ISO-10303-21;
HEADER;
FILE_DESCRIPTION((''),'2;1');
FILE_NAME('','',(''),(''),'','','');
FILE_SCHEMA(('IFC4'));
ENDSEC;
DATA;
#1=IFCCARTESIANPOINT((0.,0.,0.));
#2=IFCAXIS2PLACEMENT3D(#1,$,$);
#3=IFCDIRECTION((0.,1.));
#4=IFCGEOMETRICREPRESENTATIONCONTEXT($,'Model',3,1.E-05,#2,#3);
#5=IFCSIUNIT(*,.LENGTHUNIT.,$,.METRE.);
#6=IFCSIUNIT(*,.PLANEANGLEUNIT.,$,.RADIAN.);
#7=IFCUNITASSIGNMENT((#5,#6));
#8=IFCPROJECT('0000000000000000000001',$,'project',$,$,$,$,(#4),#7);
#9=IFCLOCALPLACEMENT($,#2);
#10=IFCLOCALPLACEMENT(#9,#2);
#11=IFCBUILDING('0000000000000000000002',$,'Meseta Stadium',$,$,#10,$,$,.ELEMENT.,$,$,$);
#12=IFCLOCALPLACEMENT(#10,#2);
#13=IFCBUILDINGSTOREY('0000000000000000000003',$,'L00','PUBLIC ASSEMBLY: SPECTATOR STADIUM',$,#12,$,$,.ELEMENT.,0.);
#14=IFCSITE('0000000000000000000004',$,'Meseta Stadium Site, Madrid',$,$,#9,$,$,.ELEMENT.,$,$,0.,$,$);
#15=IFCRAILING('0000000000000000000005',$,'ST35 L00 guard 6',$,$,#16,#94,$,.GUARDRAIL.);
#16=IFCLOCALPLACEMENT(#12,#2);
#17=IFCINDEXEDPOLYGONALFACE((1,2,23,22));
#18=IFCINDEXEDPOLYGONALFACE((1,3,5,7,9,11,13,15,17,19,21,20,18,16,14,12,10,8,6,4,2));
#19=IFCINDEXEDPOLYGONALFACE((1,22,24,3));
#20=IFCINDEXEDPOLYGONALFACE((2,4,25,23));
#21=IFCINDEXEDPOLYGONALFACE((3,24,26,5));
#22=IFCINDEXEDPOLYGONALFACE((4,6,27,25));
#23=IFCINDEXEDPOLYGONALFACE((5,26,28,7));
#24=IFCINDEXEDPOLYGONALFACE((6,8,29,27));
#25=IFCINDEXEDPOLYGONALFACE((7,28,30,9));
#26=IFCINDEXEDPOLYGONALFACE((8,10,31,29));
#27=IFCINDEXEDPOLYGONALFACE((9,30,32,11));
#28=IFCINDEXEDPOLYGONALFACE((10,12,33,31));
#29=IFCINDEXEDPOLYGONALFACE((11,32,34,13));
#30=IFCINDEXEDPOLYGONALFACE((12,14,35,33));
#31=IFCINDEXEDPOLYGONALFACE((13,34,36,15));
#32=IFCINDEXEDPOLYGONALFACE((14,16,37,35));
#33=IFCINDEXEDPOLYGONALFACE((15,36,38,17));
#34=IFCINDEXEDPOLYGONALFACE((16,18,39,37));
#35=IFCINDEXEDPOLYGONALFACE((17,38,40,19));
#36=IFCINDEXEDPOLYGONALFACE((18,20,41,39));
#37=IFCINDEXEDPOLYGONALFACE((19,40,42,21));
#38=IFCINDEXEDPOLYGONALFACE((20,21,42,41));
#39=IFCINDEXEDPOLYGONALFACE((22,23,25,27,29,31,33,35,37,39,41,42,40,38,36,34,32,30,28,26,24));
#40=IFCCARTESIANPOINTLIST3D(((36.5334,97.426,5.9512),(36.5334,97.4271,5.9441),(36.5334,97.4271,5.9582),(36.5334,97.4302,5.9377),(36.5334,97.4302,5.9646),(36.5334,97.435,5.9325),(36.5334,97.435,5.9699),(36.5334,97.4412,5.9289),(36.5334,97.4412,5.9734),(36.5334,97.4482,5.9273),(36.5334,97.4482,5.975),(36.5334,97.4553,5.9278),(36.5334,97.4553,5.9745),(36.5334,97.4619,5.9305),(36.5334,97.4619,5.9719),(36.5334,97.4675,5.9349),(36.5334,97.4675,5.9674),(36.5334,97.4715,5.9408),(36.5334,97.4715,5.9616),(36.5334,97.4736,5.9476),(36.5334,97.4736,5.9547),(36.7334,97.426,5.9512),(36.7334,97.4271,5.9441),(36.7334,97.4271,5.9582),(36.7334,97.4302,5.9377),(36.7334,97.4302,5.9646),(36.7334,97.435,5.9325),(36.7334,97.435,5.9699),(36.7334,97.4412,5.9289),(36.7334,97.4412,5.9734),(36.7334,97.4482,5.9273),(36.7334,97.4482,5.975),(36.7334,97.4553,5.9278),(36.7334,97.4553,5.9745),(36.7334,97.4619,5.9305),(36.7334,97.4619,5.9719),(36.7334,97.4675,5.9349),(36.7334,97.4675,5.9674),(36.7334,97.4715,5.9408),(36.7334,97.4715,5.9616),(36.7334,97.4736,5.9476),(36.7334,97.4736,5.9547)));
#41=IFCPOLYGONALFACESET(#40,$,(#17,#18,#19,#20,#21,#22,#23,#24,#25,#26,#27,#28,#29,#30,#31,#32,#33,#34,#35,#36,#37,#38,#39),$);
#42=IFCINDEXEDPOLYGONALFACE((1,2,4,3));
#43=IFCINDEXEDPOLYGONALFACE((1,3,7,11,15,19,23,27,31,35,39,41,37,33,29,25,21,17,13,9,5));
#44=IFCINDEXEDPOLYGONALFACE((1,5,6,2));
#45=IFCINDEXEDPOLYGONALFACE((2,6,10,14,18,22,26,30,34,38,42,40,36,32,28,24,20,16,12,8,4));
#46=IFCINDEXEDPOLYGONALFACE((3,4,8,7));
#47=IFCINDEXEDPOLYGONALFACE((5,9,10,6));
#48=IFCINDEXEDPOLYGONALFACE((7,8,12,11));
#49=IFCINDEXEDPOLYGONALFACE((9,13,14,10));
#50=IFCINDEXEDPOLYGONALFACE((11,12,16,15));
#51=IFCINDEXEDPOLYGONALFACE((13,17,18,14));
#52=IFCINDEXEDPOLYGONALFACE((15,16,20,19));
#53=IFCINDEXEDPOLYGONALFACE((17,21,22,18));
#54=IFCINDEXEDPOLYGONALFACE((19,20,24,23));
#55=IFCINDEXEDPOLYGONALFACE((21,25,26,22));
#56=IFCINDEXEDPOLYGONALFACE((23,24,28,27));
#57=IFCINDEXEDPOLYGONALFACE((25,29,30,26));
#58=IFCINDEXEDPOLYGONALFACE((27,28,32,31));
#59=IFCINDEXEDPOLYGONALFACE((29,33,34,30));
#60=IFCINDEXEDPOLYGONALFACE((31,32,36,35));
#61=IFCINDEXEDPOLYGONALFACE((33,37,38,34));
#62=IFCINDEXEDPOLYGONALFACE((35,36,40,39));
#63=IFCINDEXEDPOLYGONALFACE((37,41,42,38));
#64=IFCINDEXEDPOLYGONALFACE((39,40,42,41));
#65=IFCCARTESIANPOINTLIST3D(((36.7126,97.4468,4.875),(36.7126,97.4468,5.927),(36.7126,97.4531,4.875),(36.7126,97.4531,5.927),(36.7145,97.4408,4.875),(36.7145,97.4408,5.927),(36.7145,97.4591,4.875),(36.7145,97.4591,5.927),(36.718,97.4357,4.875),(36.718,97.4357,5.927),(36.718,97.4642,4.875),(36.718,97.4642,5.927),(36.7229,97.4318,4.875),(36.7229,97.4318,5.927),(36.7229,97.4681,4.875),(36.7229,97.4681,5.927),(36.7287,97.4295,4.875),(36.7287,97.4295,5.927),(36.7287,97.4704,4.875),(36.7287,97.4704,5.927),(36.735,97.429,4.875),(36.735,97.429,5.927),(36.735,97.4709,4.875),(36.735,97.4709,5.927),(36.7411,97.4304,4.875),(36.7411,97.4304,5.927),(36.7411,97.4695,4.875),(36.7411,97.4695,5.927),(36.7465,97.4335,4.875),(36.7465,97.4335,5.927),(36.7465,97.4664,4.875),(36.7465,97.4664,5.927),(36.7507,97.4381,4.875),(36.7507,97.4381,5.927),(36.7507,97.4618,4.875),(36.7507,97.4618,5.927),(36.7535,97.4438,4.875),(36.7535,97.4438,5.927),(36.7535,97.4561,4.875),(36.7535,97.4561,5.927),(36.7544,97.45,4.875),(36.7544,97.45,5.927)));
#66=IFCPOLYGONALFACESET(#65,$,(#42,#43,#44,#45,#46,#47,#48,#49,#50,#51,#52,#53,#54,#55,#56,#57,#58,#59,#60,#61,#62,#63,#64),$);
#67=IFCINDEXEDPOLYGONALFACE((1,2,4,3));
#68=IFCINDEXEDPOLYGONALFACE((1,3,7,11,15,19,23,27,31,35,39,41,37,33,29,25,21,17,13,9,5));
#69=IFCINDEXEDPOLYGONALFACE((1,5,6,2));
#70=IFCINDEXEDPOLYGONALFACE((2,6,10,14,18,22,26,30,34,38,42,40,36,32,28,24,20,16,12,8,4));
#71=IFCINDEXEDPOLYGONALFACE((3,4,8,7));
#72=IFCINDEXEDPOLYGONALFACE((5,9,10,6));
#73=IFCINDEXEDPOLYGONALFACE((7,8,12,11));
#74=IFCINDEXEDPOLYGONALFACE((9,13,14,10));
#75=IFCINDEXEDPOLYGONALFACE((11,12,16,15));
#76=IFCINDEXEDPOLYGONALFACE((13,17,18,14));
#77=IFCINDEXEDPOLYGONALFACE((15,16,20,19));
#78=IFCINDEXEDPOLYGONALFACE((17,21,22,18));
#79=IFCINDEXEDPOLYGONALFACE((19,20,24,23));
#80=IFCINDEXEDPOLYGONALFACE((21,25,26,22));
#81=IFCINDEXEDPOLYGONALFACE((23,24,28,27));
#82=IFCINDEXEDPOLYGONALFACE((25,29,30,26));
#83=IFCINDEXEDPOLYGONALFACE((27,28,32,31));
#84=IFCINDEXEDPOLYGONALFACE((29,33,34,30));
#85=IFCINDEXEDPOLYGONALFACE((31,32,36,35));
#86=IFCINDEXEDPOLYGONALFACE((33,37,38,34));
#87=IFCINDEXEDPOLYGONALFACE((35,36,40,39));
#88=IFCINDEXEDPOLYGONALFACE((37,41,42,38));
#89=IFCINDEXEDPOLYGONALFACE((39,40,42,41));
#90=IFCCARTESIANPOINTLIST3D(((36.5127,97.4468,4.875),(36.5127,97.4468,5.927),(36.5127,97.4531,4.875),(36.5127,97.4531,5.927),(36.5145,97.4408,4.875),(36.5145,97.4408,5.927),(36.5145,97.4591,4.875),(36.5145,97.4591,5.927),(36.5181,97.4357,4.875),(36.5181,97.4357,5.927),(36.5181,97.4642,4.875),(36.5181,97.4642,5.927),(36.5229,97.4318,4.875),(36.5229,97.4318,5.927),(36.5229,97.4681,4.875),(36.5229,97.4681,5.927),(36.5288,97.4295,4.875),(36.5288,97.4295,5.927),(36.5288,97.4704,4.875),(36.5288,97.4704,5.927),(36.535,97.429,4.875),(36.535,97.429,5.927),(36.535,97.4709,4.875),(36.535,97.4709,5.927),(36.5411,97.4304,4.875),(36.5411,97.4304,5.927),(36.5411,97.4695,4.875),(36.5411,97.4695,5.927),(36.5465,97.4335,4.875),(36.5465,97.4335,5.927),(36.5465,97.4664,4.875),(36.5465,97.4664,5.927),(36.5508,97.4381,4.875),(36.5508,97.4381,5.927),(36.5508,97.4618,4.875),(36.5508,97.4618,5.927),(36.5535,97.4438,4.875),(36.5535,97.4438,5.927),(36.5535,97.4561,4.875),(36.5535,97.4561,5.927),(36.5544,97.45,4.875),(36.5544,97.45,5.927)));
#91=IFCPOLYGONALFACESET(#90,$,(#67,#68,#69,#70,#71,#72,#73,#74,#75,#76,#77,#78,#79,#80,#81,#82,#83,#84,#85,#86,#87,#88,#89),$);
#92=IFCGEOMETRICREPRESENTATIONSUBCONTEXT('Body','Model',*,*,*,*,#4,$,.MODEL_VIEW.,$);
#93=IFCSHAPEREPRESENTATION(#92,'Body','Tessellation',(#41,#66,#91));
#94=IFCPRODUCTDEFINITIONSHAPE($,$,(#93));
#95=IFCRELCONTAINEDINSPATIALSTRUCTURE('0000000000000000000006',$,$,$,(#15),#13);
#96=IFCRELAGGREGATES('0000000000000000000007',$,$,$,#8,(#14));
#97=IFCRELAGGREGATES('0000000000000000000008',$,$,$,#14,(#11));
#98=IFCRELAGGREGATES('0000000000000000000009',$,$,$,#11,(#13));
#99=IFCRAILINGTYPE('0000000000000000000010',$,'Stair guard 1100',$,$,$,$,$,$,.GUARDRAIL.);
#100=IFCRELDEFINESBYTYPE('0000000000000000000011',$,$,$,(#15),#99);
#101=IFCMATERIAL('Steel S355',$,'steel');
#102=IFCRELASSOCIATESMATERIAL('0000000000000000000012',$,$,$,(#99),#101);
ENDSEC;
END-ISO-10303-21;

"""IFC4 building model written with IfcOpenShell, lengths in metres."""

from ifc_helpers import new_model, si_unit, direction, frame, origin, origin_2d, place, context, subcontext, project, spatial, circle, extrude, material, type_object, element, save


model = new_model("IFC4")

# Units and contexts
model_context = context("Model", 3, precision=1e-05, world=origin(), true_north=direction((0.0, 1.0)))
body_context = subcontext(model_context, "Body", "Model", "MODEL_VIEW")
ifc_project = project(units=[si_unit("LENGTHUNIT", "METRE"), si_unit("PLANEANGLEUNIT", "RADIAN")], contexts=[model_context])

# Site, building, storey
site_placement = place(None, origin())
site = spatial("IfcSite", under=ifc_project, at=site_placement, Name="Meseta Stadium Site, Madrid", CompositionType="ELEMENT", RefElevation=0.0)
building_placement = place(site_placement, origin())
building = spatial("IfcBuilding", under=site, at=building_placement, Name="Meseta Stadium", CompositionType="ELEMENT")
storey_placement = place(building_placement, origin())
storey = spatial("IfcBuildingStorey", under=building, at=storey_placement, Name="L00", Description="PUBLIC ASSEMBLY: SPECTATOR STADIUM", CompositionType="ELEMENT", Elevation=0.0)

# Railing
ifc_material_1 = material(Name="Steel S355", Category="steel")
railing_type_1 = type_object("IfcRailingType", Name="Stair guard 1100", PredefinedType="GUARDRAIL", material=ifc_material_1)
railing_1_placement = place(storey_placement, frame((36.7334, 97.45, 4.875)))
element("IfcRailing", 1, at=railing_1_placement, inside=storey, type_object=railing_type_1, Name="ST35 L00 guard 6", PredefinedType="GUARDRAIL", context=body_context, shape_type="SweptSolid", body=[
    extrude(circle(Radius=0.0239, at=origin_2d()), frame((0.0, 0.0, 1.0762), z_axis=(-1.0, 0.0, 0.0), x_axis=(0.0, -1.0, 0.0)), (0.0, 0.0, 1.0), 0.2),
    extrude(circle(Radius=0.021, at=origin_2d()), origin(), (0.0, 0.0, 1.0), 1.052),
    extrude(circle(Radius=0.021, at=origin_2d()), frame((-0.2, 0.0, 0.0)), (0.0, 0.0, 1.0), 1.052),
])

save(model, "model.ifc")
